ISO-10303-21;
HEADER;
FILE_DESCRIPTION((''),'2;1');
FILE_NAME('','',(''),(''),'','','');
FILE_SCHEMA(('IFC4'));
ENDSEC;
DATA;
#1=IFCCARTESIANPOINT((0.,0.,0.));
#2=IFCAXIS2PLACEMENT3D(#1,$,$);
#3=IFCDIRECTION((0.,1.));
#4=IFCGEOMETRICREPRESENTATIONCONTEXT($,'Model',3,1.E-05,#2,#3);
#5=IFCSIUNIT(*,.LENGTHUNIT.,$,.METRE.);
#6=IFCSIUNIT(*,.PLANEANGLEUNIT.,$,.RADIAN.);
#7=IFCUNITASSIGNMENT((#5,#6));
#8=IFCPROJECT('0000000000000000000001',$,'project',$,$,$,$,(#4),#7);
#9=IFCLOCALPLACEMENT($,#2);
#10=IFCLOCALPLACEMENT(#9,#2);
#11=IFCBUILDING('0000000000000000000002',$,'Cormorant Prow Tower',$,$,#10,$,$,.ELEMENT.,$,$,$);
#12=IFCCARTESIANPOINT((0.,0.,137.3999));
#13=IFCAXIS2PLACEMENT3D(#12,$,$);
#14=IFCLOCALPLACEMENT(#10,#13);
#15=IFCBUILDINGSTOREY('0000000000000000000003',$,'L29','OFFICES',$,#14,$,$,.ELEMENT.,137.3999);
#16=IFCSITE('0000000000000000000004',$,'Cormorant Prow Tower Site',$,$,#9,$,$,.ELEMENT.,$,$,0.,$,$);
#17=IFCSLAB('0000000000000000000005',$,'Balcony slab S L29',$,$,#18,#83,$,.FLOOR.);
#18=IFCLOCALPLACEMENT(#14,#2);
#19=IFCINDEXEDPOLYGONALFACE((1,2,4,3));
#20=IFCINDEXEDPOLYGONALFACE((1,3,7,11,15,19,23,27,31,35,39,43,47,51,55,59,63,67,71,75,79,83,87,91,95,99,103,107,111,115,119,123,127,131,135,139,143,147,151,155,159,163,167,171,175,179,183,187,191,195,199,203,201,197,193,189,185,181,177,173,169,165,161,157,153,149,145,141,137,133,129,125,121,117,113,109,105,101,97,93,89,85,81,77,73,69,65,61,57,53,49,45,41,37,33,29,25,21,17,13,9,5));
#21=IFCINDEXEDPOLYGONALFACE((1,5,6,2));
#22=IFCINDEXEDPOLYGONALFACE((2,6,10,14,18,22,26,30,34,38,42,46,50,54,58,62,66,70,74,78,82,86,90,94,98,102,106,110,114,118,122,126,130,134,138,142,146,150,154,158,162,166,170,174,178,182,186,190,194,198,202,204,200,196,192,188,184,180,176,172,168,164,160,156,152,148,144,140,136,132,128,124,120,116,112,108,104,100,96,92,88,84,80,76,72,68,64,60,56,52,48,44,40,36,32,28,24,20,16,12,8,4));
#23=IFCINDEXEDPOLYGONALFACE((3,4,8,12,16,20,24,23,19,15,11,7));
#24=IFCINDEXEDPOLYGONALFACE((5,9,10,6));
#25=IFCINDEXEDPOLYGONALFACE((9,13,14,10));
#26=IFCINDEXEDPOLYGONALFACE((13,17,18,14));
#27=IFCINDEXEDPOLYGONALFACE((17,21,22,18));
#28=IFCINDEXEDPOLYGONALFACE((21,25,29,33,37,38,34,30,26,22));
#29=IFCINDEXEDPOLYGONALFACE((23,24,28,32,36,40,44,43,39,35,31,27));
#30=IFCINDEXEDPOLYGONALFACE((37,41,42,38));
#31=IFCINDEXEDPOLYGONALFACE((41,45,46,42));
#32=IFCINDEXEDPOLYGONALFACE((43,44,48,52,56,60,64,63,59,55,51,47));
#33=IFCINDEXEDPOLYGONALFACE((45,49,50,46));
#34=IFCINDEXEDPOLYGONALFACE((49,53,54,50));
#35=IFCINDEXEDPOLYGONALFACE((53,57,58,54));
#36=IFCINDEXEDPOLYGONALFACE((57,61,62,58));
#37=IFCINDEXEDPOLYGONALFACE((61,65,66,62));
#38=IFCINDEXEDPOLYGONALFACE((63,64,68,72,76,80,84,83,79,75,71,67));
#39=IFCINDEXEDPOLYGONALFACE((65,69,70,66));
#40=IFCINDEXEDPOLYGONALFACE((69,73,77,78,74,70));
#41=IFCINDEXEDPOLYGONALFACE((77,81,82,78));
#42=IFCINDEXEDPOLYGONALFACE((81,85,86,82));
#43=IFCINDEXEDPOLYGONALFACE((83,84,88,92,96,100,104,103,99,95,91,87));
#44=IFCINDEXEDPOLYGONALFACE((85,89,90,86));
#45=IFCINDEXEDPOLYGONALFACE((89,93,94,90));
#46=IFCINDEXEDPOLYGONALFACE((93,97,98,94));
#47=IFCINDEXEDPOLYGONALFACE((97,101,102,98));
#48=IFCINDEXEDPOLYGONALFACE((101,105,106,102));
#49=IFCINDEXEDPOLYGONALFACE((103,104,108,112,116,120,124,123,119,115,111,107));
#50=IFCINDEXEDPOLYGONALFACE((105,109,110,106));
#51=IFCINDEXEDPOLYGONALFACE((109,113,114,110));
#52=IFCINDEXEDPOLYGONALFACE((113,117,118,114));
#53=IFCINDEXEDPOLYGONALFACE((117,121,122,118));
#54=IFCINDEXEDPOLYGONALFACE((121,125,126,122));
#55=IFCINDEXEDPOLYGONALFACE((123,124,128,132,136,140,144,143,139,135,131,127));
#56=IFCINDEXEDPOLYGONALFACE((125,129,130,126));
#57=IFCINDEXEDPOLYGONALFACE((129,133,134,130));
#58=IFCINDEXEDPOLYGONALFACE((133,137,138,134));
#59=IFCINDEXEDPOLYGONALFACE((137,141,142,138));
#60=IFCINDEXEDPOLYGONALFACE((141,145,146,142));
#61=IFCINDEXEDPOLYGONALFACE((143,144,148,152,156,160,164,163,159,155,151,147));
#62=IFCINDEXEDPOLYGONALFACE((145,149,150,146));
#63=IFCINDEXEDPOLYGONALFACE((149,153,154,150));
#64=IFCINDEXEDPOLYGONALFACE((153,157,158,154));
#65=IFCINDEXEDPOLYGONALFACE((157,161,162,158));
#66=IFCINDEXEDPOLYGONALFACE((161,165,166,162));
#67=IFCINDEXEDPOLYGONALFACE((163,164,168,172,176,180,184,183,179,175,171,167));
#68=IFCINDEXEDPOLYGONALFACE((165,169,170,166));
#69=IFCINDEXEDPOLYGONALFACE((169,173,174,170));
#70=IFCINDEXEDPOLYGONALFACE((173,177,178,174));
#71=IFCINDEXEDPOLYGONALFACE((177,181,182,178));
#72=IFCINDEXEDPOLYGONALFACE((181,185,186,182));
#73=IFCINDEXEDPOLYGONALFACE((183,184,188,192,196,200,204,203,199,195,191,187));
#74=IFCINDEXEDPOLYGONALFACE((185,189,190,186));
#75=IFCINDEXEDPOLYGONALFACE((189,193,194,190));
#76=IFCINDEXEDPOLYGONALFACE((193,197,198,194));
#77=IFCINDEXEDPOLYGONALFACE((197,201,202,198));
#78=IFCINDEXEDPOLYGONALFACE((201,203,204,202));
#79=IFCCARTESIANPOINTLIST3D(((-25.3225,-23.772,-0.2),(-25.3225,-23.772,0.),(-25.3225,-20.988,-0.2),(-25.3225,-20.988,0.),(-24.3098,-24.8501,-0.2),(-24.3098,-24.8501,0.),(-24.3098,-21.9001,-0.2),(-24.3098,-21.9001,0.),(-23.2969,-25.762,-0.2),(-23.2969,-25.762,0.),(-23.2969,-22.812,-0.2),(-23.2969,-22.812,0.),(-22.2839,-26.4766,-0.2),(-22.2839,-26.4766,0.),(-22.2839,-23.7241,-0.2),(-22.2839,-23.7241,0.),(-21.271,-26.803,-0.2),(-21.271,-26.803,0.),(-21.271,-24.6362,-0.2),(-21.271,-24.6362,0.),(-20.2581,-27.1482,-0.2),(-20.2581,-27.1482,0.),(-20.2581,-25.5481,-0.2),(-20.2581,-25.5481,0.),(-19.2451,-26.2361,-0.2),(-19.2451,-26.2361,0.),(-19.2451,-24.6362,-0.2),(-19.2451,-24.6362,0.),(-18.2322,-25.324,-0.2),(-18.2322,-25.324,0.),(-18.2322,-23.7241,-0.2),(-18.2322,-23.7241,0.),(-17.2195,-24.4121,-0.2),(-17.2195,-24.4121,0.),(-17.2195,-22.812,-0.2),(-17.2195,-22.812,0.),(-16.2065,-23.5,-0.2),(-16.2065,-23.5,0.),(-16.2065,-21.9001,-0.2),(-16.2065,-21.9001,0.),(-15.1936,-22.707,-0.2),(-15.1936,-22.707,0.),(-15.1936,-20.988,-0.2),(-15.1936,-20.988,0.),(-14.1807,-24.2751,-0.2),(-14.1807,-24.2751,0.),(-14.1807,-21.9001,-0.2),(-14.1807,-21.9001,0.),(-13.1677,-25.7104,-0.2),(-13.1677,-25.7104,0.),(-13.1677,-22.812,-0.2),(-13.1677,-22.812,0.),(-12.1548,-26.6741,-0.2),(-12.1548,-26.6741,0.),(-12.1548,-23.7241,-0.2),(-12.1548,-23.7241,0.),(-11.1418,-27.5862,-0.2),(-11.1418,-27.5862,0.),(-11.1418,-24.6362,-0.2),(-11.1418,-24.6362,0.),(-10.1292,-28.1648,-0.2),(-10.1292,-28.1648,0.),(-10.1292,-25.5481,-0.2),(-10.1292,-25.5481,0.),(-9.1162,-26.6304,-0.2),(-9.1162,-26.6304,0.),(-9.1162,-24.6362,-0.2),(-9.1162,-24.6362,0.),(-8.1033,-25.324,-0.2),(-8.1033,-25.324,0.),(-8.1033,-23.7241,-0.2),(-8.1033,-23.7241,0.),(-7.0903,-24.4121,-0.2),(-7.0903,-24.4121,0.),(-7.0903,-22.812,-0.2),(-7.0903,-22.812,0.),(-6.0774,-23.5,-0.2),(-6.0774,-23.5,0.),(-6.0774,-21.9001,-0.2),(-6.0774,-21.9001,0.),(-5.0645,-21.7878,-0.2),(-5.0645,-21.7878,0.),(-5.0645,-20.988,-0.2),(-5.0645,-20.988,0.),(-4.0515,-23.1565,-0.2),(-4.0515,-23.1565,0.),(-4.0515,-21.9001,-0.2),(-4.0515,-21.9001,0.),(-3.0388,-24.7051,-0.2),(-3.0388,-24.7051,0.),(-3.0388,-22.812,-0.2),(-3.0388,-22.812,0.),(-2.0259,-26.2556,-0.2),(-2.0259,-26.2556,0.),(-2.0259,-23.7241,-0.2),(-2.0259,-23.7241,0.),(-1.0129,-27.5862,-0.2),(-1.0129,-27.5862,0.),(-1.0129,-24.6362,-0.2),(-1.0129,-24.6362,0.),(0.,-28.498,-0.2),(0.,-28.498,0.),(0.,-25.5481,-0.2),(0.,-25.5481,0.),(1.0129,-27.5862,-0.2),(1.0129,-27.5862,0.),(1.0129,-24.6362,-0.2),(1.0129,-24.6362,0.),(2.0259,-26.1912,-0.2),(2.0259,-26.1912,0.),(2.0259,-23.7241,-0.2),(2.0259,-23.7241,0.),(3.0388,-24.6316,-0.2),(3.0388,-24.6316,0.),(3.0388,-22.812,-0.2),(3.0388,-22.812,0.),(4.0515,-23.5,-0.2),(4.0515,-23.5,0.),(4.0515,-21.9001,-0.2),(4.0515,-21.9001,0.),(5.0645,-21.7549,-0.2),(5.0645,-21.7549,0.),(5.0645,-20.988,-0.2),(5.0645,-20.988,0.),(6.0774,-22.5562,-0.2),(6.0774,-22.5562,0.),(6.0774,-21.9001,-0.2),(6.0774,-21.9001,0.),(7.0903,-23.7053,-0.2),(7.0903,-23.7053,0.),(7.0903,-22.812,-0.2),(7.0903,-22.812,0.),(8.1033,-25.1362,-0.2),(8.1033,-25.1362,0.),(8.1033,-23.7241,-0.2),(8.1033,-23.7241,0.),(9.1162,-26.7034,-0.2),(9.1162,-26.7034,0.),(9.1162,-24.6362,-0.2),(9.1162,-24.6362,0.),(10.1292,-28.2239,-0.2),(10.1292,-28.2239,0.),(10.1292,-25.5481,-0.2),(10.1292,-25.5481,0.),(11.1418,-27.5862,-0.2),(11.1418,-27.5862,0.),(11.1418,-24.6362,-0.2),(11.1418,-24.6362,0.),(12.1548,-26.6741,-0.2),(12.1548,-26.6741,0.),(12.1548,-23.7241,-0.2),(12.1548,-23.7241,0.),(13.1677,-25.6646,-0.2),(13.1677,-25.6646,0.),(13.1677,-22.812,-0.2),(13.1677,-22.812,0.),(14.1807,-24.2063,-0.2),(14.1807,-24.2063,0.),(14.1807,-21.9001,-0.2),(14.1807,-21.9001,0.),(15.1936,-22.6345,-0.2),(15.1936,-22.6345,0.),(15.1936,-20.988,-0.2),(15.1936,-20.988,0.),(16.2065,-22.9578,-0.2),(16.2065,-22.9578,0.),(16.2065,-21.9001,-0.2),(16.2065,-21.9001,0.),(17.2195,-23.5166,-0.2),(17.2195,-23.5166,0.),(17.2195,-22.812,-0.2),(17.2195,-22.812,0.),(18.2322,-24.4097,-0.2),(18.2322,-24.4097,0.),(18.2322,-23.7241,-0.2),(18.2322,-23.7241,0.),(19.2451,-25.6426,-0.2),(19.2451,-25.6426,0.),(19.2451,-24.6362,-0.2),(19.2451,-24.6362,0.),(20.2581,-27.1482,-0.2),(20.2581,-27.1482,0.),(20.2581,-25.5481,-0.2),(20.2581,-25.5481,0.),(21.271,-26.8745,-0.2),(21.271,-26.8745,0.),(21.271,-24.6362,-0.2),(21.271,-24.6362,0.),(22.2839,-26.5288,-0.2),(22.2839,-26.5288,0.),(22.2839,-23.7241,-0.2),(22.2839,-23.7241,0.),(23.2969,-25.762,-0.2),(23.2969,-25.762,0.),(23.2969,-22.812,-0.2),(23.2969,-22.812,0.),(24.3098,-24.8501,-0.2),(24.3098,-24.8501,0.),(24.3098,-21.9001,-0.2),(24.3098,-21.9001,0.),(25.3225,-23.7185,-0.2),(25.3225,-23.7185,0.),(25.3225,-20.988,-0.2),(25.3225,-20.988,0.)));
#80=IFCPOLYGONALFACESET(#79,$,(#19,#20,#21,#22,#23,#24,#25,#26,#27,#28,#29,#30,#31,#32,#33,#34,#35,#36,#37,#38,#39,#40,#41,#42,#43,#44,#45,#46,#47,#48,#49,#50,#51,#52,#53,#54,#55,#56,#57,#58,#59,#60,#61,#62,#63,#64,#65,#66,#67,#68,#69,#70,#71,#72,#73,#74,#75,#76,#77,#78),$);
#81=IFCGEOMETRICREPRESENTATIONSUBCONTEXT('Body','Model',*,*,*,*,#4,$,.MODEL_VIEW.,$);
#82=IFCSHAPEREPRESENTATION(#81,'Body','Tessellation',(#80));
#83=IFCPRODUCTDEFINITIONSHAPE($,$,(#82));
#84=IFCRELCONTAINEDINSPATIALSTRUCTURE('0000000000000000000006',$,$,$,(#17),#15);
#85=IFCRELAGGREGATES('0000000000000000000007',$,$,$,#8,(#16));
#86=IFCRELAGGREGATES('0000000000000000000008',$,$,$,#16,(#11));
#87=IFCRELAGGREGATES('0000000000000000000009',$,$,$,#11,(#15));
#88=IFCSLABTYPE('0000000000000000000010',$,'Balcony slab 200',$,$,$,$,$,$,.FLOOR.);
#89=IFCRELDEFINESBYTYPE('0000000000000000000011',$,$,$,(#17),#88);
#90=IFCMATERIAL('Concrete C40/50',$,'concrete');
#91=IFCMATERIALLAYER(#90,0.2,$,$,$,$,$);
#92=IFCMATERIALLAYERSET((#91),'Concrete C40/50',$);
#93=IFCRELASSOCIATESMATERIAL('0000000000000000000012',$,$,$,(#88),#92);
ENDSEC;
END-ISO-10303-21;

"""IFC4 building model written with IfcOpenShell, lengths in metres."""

from ifc_helpers import new_model, si_unit, direction, frame, origin, place, context, subcontext, project, spatial, polyline, outline, extrude, material, layer, layer_set, type_object, element, save


model = new_model("IFC4")

# Units and contexts
model_context = context("Model", 3, precision=1e-05, world=origin(), true_north=direction((0.0, 1.0)))
body_context = subcontext(model_context, "Body", "Model", "MODEL_VIEW")
ifc_project = project(units=[si_unit("LENGTHUNIT", "METRE"), si_unit("PLANEANGLEUNIT", "RADIAN")], contexts=[model_context])

# Site, building, storey
site_placement = place(None, origin())
site = spatial("IfcSite", under=ifc_project, at=site_placement, Name="Cormorant Prow Tower Site", CompositionType="ELEMENT", RefElevation=0.0)
building_placement = place(site_placement, origin())
building = spatial("IfcBuilding", under=site, at=building_placement, Name="Cormorant Prow Tower", CompositionType="ELEMENT")
storey_placement = place(building_placement, frame((0.0, 0.0, 137.3999)))
storey = spatial("IfcBuildingStorey", under=building, at=storey_placement, Name="L29", Description="OFFICES", CompositionType="ELEMENT", Elevation=137.3999)

# Slab
ifc_material_1 = material(Name="Concrete C40/50", Category="concrete")
ifc_layer_1 = layer(ifc_material_1, 0.2)
ifc_layer_set_1 = layer_set([ifc_layer_1], Name="Concrete C40/50")
slab_type_1 = type_object("IfcSlabType", Name="Balcony slab 200", PredefinedType="FLOOR", material=ifc_layer_set_1)
slab_1_placement = place(storey_placement, frame((0.0, 0.0, -0.2)))
element("IfcSlab", 1, at=slab_1_placement, inside=storey, type_object=slab_type_1, Name="Balcony slab S L29", PredefinedType="FLOOR", context=body_context, shape_type="SweptSolid", body=[
    extrude(outline(polyline([(-25.3225, -20.988), (-25.3225, -23.772), (-24.3098, -24.8501), (-23.2969, -25.762), (-22.2839, -26.4766), (-21.271, -26.803), (-20.2581, -27.1482), (-19.2451, -26.2361), (-18.2322, -25.324), (-17.2195, -24.4121), (-16.2065, -23.5), (-15.1936, -22.707), (-14.1807, -24.2751), (-13.1677, -25.7104), (-12.1548, -26.6741), (-11.1418, -27.5862), (-10.1292, -28.1648), (-9.1162, -26.6304), (-8.1033, -25.324), (-7.0903, -24.4121), (-6.0774, -23.5), (-5.0645, -21.7878), (-4.0515, -23.1565), (-3.0388, -24.7051), (-2.0259, -26.2556), (-1.0129, -27.5862), (0.0, -28.498), (1.0129, -27.5862), (2.0259, -26.1912), (3.0388, -24.6316), (4.0515, -23.5), (5.0645, -21.7549), (6.0774, -22.5562), (7.0903, -23.7053), (8.1033, -25.1362), (9.1162, -26.7034), (10.1292, -28.2239), (11.1418, -27.5862), (12.1548, -26.6741), (13.1677, -25.6646), (14.1807, -24.2063), (15.1936, -22.6345), (16.2065, -22.9578), (17.2195, -23.5166), (18.2322, -24.4097), (19.2451, -25.6426), (20.2581, -27.1482), (21.271, -26.8745), (22.2839, -26.5288), (23.2969, -25.762), (24.3098, -24.8501), (25.3225, -23.7185), (25.3225, -20.988), (24.3098, -21.9001), (23.2969, -22.812), (22.2839, -23.7241), (21.271, -24.6362), (20.2581, -25.5481), (19.2451, -24.6362), (18.2322, -23.7241), (17.2195, -22.812), (16.2065, -21.9001), (15.1936, -20.988), (14.1807, -21.9001), (13.1677, -22.812), (12.1548, -23.7241), (11.1418, -24.6362), (10.1292, -25.5481), (9.1162, -24.6362), (8.1033, -23.7241), (7.0903, -22.812), (6.0774, -21.9001), (5.0645, -20.988), (4.0515, -21.9001), (3.0388, -22.812), (2.0259, -23.7241), (1.0129, -24.6362), (0.0, -25.5481), (-1.0129, -24.6362), (-2.0259, -23.7241), (-3.0388, -22.812), (-4.0515, -21.9001), (-5.0645, -20.988), (-6.0774, -21.9001), (-7.0903, -22.812), (-8.1033, -23.7241), (-9.1162, -24.6362), (-10.1292, -25.5481), (-11.1418, -24.6362), (-12.1548, -23.7241), (-13.1677, -22.812), (-14.1807, -21.9001), (-15.1936, -20.988), (-16.2065, -21.9001), (-17.2195, -22.812), (-18.2322, -23.7241), (-19.2451, -24.6362), (-20.2581, -25.5481), (-21.271, -24.6362), (-22.2839, -23.7241), (-23.2969, -22.812), (-24.3098, -21.9001), (-25.3225, -20.988)])), origin(), (0.0, 0.0, 1.0), 0.2),
])

save(model, "model.ifc")
